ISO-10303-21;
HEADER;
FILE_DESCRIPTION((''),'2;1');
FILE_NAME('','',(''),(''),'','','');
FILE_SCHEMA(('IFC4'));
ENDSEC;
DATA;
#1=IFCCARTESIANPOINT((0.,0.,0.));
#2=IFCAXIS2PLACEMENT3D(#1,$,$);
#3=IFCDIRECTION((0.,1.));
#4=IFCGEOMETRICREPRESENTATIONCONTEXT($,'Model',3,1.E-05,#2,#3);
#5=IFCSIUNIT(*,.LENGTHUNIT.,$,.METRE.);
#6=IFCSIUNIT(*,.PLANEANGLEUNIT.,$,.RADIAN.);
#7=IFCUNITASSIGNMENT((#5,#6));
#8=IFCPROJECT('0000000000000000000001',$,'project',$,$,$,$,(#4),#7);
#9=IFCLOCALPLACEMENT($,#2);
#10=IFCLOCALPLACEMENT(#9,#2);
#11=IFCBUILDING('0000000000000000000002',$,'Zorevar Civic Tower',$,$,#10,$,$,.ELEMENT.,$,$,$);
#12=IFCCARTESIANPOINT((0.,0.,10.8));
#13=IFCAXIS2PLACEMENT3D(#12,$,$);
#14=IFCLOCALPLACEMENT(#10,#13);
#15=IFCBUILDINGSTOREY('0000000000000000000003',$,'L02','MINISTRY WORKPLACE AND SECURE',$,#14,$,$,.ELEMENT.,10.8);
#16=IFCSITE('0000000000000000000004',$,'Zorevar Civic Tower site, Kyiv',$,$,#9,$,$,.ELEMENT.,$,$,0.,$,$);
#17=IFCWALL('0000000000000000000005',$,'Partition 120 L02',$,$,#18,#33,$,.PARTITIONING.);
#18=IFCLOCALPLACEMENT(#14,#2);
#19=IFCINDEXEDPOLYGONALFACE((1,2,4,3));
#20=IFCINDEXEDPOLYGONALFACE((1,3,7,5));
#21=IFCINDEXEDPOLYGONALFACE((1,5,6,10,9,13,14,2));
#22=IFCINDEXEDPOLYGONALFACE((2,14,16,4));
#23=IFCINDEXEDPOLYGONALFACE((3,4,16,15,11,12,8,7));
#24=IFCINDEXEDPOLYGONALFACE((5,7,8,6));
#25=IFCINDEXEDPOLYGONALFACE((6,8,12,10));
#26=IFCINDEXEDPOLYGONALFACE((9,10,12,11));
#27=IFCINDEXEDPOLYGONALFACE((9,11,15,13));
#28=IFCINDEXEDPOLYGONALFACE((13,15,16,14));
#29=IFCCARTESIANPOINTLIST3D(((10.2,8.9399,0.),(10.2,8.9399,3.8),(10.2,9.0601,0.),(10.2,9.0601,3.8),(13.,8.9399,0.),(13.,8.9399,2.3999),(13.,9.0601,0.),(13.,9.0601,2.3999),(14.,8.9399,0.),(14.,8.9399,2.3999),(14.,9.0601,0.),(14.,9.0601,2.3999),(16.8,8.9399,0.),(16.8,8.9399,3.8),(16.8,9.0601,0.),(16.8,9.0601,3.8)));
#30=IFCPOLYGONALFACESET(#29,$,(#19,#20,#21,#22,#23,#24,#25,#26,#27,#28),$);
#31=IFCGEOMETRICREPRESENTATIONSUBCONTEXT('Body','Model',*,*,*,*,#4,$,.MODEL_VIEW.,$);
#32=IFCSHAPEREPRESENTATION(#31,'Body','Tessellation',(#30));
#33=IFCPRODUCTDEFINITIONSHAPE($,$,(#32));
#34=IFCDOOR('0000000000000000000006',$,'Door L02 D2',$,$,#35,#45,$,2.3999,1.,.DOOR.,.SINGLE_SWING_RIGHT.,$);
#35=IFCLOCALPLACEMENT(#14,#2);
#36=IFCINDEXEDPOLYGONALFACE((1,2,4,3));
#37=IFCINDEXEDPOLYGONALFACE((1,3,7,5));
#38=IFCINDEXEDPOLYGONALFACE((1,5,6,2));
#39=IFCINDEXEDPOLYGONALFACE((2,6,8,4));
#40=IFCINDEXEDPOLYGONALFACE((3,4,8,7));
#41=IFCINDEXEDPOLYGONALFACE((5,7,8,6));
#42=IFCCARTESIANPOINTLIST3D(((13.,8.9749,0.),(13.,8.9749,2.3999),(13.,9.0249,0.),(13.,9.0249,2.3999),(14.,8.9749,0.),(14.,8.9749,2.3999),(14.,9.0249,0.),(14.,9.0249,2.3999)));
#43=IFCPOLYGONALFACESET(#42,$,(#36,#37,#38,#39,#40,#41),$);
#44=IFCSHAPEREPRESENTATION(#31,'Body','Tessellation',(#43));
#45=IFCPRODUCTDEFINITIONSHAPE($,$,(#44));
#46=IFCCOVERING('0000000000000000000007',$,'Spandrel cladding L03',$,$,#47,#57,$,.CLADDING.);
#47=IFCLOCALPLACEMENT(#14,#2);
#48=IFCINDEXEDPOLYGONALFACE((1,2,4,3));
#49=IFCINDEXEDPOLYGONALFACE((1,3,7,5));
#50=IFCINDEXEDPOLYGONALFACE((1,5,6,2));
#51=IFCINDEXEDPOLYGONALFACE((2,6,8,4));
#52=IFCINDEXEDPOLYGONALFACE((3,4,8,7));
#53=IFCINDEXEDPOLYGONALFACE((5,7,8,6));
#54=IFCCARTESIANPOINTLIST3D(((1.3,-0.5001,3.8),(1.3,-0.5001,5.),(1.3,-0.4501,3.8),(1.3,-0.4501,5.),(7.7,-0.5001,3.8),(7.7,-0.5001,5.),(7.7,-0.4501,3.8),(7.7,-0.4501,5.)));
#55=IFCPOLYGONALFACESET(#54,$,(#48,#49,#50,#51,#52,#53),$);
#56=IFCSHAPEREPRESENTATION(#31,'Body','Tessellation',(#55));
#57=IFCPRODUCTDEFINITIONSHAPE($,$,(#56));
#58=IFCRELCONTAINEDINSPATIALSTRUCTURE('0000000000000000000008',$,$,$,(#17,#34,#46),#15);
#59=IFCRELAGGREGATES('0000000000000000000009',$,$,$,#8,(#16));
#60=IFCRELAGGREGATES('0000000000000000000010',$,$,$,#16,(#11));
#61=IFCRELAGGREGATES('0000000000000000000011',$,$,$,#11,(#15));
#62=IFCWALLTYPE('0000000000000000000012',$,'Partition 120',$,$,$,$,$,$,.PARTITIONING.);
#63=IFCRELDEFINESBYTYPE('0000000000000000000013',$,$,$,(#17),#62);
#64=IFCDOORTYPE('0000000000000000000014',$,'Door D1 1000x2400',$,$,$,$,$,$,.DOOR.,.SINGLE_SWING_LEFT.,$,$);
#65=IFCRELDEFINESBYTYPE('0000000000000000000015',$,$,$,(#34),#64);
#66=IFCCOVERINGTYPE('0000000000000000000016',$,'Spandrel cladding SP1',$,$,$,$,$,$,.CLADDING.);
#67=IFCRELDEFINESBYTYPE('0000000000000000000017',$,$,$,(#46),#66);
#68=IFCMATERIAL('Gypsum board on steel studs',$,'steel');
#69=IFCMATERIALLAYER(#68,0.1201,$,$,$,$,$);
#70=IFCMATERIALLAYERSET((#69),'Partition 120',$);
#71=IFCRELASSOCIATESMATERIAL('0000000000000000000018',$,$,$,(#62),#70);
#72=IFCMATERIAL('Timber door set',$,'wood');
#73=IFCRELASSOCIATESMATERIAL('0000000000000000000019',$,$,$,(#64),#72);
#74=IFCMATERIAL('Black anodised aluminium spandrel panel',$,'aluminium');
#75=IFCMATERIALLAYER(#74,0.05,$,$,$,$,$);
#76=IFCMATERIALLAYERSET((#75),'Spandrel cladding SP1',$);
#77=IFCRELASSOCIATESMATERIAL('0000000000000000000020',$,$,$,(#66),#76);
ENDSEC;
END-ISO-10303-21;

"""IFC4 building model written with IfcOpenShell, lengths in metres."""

from ifc_helpers import new_model, si_unit, direction, frame, frame_2d, origin, place, context, subcontext, project, spatial, rectangle, extrude, material, layer, layer_set, type_object, element, fill, save


model = new_model("IFC4")

# Units and contexts
model_context = context("Model", 3, precision=1e-05, world=origin(), true_north=direction((0.0, 1.0)))
body_context = subcontext(model_context, "Body", "Model", "MODEL_VIEW")
ifc_project = project(units=[si_unit("LENGTHUNIT", "METRE"), si_unit("PLANEANGLEUNIT", "RADIAN")], contexts=[model_context])

# Site, building, storey
site_placement = place(None, origin())
site = spatial("IfcSite", under=ifc_project, at=site_placement, Name="Zorevar Civic Tower site, Kyiv", CompositionType="ELEMENT", RefElevation=0.0)
building_placement = place(site_placement, origin())
building = spatial("IfcBuilding", under=site, at=building_placement, Name="Zorevar Civic Tower", CompositionType="ELEMENT")
storey_placement = place(building_placement, frame((0.0, 0.0, 10.8)))
storey = spatial("IfcBuildingStorey", under=building, at=storey_placement, Name="L02", Description="MINISTRY WORKPLACE AND SECURE", CompositionType="ELEMENT", Elevation=10.8)

# Wall, opening, door
ifc_material_1 = material(Name="Gypsum board on steel studs", Category="steel")
ifc_layer_1 = layer(ifc_material_1, 0.1201)
ifc_layer_set_1 = layer_set([ifc_layer_1], Name="Partition 120")
wall_type_1 = type_object("IfcWallType", Name="Partition 120", PredefinedType="PARTITIONING", material=ifc_layer_set_1)
wall_1_placement = place(storey_placement, frame((10.2, 9.0, 0.0), z_axis=(0.0, 0.0, 1.0), x_axis=(1.0, 0.0, 0.0)))
wall_1 = element("IfcWall", 1, at=wall_1_placement, inside=storey, type_object=wall_type_1, Name="Partition 120 L02", PredefinedType="PARTITIONING", context=body_context, shape_type="SweptSolid", body=[
    extrude(rectangle(XDim=6.6001, YDim=0.1201, at=frame_2d((3.3, 0.0))), origin(), (0.0, 0.0, 1.0), 3.8),
])
opening_placement = place(wall_1_placement, frame((2.8, 0.0, 0.0)))
opening = element("IfcOpeningElement", 2, at=opening_placement, cuts=wall_1, PredefinedType="OPENING", context=body_context, shape_type="SweptSolid", body=[
    extrude(rectangle(XDim=1.0, YDim=2.3999, at=frame_2d((0.5, 1.2))), frame((0.0, 0.0701, 0.0), z_axis=(0.0, -1.0, 0.0), x_axis=(1.0, 0.0, 0.0)), (0.0, 0.0, 1.0), 0.1401),
])
ifc_material_2 = material(Name="Timber door set", Category="wood")
door_type = type_object("IfcDoorType", Name="Door D1 1000x2400", OperationType="SINGLE_SWING_LEFT", PredefinedType="DOOR", material=ifc_material_2)
door_placement = place(opening_placement, origin())
door = element("IfcDoor", 3, at=door_placement, inside=storey, type_object=door_type, Name="Door L02 D2", OperationType="SINGLE_SWING_RIGHT", OverallHeight=2.3999, OverallWidth=1.0, PredefinedType="DOOR", context=body_context, shape_type="SweptSolid", body=[
    extrude(rectangle(XDim=1.0, YDim=2.3999, at=frame_2d((0.5, 1.2))), frame((0.0, 0.0249, 0.0), z_axis=(0.0, -1.0, 0.0), x_axis=(1.0, 0.0, 0.0)), (0.0, 0.0, 1.0), 0.05),
])
fill(opening, door)

# Covering
ifc_material_3 = material(Name="Black anodised aluminium spandrel panel", Category="aluminium")
ifc_layer_2 = layer(ifc_material_3, 0.05)
ifc_layer_set_2 = layer_set([ifc_layer_2], Name="Spandrel cladding SP1")
covering_type_1 = type_object("IfcCoveringType", Name="Spandrel cladding SP1", PredefinedType="CLADDING", material=ifc_layer_set_2)
covering_1_placement = place(storey_placement, frame((1.3, -0.4751, 3.8), z_axis=(0.0, 0.0, 1.0), x_axis=(1.0, 0.0, 0.0)))
element("IfcCovering", 4, at=covering_1_placement, inside=storey, type_object=covering_type_1, Name="Spandrel cladding L03", PredefinedType="CLADDING", context=body_context, shape_type="SweptSolid", body=[
    extrude(rectangle(XDim=6.3999, YDim=0.05, at=frame_2d((3.2, 0.0))), origin(), (0.0, 0.0, 1.0), 1.2),
])

save(model, "model.ifc")
